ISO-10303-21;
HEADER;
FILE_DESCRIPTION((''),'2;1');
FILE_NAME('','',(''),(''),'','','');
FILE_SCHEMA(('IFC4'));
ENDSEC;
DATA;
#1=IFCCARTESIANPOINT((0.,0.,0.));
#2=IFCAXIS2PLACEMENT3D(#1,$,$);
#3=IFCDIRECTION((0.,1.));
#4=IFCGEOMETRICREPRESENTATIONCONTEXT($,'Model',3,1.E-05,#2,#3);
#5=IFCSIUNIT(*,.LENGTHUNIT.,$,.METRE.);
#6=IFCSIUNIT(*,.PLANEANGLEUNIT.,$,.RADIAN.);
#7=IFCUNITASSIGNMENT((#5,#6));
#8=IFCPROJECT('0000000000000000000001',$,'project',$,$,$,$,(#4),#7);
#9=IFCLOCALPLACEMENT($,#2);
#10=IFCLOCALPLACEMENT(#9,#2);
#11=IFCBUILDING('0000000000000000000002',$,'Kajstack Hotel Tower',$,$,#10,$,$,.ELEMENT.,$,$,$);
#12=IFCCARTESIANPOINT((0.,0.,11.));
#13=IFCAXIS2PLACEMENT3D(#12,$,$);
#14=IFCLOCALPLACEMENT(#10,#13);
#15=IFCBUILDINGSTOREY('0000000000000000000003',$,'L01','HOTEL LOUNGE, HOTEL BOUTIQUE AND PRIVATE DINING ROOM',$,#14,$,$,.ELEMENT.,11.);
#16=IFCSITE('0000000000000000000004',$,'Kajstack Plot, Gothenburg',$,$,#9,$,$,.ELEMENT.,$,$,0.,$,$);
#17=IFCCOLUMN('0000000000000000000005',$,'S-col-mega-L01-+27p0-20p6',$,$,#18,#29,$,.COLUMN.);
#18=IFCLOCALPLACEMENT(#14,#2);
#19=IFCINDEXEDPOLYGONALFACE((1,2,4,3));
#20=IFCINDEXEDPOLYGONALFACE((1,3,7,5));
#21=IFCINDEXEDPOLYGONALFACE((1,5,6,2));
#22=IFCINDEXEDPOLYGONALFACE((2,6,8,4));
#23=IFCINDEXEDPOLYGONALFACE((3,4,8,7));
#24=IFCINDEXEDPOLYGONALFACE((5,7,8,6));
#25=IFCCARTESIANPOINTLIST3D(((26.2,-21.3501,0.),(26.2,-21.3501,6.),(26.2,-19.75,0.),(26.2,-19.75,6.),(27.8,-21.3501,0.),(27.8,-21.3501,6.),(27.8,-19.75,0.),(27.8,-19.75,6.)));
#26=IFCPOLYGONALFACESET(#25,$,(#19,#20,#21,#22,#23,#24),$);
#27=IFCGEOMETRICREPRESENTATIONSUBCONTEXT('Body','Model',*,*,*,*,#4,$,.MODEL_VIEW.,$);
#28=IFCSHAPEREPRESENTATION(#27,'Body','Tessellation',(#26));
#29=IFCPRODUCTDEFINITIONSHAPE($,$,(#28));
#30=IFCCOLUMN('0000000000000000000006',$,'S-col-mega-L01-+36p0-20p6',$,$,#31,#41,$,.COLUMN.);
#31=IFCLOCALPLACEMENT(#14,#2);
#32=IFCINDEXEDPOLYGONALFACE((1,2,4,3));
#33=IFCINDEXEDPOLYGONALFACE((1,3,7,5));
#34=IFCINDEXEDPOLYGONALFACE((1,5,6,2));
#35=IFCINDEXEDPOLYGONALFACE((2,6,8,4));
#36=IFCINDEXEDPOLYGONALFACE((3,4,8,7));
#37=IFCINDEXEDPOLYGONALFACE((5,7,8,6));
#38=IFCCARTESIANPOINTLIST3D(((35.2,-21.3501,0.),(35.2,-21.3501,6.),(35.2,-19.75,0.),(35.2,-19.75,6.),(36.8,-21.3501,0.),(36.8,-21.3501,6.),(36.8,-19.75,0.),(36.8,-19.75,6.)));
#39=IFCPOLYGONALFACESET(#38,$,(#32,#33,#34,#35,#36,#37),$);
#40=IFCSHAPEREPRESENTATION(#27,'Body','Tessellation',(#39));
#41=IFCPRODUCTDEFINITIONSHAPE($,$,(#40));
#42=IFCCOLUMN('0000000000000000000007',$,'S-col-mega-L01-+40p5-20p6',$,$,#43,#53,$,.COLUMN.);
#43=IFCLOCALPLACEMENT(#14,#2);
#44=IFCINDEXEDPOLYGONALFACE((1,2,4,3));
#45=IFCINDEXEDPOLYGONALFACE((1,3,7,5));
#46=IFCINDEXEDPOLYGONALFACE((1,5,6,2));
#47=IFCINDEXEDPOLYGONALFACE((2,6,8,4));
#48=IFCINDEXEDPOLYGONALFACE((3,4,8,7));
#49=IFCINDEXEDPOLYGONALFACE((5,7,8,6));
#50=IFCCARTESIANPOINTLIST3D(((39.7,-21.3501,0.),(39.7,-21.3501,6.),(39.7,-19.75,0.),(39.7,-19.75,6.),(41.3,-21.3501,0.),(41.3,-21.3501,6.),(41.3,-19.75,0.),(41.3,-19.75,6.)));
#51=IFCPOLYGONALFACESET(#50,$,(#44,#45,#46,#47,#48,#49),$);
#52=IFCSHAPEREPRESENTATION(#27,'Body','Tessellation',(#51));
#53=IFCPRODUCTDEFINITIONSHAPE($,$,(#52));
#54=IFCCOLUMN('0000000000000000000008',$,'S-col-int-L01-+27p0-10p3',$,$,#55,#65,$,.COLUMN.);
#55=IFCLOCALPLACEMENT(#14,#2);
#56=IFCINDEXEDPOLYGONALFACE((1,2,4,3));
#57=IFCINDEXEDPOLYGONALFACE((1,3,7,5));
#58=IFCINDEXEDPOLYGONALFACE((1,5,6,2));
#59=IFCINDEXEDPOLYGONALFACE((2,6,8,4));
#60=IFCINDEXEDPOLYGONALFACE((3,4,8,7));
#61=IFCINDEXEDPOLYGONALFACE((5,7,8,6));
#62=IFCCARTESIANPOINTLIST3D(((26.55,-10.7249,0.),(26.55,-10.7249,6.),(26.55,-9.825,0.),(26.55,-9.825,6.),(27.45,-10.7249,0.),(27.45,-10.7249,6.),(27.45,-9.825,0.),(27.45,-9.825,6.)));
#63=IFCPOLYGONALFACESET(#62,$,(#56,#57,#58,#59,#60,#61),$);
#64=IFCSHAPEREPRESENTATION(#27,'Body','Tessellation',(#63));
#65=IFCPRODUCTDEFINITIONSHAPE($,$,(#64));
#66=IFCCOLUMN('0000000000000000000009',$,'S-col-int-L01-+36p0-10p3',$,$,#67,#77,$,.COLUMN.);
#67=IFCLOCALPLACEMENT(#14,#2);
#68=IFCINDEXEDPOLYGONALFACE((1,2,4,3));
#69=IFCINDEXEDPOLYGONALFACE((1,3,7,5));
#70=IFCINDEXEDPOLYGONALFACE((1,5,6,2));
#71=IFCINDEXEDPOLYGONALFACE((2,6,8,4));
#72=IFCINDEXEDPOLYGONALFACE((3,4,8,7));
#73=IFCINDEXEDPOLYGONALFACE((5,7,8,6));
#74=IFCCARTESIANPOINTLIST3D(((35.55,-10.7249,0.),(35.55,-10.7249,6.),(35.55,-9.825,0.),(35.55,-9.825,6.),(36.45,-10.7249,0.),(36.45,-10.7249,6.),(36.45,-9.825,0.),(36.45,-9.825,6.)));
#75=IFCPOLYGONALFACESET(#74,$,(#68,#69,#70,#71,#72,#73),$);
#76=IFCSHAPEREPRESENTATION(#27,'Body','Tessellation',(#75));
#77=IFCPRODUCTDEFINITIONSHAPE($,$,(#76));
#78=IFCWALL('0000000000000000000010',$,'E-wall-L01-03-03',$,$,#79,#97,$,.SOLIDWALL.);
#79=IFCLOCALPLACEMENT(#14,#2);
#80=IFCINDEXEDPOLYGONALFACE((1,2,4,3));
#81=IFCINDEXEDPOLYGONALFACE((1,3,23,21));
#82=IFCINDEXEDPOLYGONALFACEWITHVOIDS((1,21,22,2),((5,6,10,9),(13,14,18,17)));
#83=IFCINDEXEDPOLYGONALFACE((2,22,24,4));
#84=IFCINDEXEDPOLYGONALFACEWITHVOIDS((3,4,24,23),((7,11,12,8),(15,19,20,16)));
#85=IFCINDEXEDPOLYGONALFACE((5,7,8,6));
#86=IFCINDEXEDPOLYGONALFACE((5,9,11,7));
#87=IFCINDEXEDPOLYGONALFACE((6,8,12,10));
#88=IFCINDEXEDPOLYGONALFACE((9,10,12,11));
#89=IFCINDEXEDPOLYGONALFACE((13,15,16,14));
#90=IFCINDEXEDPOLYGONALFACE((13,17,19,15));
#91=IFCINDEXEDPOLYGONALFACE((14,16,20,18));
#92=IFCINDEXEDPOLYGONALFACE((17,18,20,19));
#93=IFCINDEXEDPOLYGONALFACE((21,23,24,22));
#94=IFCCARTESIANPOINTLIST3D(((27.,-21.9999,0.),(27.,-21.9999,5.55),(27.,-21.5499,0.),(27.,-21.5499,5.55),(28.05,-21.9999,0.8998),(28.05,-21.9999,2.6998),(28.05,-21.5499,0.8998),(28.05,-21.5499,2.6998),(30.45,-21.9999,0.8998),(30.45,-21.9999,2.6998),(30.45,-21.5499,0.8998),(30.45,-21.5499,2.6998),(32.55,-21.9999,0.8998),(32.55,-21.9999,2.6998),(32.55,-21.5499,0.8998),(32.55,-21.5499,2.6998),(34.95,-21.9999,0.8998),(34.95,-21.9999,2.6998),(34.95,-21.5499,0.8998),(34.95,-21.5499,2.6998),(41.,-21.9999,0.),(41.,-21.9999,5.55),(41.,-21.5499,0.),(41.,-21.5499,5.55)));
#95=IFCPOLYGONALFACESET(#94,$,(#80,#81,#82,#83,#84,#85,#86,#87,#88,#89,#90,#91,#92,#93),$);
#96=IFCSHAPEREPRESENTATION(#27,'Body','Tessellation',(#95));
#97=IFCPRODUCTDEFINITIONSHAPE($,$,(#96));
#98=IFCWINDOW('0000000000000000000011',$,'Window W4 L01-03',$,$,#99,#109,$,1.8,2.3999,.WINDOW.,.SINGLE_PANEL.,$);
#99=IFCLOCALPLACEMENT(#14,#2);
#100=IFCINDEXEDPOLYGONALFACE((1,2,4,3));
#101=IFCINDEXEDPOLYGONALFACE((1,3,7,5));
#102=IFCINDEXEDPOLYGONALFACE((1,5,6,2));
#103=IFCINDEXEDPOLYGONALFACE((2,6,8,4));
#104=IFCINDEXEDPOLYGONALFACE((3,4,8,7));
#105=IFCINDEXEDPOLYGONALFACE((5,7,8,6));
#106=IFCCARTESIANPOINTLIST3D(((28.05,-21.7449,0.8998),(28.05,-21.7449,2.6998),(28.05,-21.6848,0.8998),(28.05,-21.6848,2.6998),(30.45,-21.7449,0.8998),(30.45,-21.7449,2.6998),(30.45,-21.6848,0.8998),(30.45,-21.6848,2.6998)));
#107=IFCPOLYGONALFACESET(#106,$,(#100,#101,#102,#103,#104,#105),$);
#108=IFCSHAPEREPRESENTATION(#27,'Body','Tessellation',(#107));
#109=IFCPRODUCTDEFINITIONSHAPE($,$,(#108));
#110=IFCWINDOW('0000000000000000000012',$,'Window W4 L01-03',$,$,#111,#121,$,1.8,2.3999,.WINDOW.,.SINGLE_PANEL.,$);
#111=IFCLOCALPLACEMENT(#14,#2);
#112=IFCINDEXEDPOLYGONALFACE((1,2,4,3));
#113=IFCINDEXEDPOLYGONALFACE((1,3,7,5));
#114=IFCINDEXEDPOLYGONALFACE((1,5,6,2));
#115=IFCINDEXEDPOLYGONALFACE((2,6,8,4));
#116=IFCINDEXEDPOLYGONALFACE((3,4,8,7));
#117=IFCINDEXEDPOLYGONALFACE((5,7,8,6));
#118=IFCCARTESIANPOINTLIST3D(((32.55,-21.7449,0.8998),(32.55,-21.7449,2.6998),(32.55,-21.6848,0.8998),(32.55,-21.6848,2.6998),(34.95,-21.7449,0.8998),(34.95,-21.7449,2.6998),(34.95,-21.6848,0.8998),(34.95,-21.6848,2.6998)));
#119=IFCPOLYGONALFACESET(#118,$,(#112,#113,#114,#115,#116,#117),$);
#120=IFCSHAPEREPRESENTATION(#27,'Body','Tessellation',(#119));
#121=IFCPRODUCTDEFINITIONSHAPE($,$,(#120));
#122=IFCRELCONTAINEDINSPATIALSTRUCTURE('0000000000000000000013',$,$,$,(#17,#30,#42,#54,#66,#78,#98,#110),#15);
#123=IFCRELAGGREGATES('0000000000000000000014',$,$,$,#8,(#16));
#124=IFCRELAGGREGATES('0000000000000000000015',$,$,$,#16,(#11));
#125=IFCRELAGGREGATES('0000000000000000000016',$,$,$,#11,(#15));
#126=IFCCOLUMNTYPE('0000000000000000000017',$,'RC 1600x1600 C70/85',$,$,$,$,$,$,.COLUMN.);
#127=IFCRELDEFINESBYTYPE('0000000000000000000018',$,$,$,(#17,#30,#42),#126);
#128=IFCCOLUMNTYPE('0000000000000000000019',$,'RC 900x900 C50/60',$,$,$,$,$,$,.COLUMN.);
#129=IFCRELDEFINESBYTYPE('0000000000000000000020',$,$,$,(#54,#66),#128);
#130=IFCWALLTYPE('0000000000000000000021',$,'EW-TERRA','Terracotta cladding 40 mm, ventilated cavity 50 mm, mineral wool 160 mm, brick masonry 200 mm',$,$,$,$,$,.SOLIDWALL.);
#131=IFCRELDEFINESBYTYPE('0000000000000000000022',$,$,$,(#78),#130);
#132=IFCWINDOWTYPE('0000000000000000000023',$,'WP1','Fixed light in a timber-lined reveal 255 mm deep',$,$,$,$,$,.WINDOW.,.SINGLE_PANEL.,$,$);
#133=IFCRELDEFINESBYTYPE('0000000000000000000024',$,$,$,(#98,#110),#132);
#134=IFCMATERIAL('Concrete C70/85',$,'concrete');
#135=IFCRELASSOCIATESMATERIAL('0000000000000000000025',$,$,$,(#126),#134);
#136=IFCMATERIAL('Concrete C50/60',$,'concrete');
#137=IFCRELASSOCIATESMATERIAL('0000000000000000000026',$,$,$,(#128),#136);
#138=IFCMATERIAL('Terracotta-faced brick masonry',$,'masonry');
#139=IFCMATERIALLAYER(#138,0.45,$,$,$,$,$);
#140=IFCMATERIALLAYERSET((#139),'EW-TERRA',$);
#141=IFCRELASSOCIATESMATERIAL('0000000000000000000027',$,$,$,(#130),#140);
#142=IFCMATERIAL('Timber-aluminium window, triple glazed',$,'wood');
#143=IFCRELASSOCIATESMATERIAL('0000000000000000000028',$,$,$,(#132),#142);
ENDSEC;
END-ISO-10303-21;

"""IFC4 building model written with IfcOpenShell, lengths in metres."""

from ifc_helpers import new_model, si_unit, direction, frame, frame_2d, origin, origin_2d, place, context, subcontext, project, spatial, rectangle, extrude, material, layer, layer_set, material_profile, profile_set, type_object, element, fill, save


model = new_model("IFC4")

# Units and contexts
model_context = context("Model", 3, precision=1e-05, world=origin(), true_north=direction((0.0, 1.0)))
body_context = subcontext(model_context, "Body", "Model", "MODEL_VIEW")
ifc_project = project(units=[si_unit("LENGTHUNIT", "METRE"), si_unit("PLANEANGLEUNIT", "RADIAN")], contexts=[model_context])

# Site, building, storey
site_placement = place(None, origin())
site = spatial("IfcSite", under=ifc_project, at=site_placement, Name="Kajstack Plot, Gothenburg", CompositionType="ELEMENT", RefElevation=0.0)
building_placement = place(site_placement, origin())
building = spatial("IfcBuilding", under=site, at=building_placement, Name="Kajstack Hotel Tower", CompositionType="ELEMENT")
storey_placement = place(building_placement, frame((0.0, 0.0, 11.0)))
storey = spatial("IfcBuildingStorey", under=building, at=storey_placement, Name="L01", Description="HOTEL LOUNGE, HOTEL BOUTIQUE AND PRIVATE DINING ROOM", CompositionType="ELEMENT", Elevation=11.0)

# Columns
ifc_material_1 = material(Name="Concrete C70/85", Category="concrete")
ifc_material_profile_1 = material_profile(ifc_material_1, rectangle(XDim=1.6001, YDim=1.6001, at=origin_2d()), Name="RC 1600x1600")
ifc_profile_set_1 = profile_set([ifc_material_profile_1], Name="Concrete C70/85")
column_type_1 = type_object("IfcColumnType", Name="RC 1600x1600 C70/85", PredefinedType="COLUMN", material=ifc_profile_set_1)
for number, where, z_axis, x_axis, name in (
    (1, (27.0, -20.55, 0.0), (0.0, 0.0, 1.0), (1.0, 0.0, 0.0), "S-col-mega-L01-+27p0-20p6"),
    (2, (36.0, -20.55, 0.0), (0.0, 0.0, 1.0), (1.0, 0.0, 0.0), "S-col-mega-L01-+36p0-20p6"),
    (3, (40.5, -20.55, 0.0), (0.0, 0.0, 1.0), (1.0, 0.0, 0.0), "S-col-mega-L01-+40p5-20p6"),
):
    element("IfcColumn", number, at=place(storey_placement, frame(where, z_axis=z_axis, x_axis=x_axis)), inside=storey, type_object=column_type_1, Name=name, PredefinedType="COLUMN", context=body_context, shape_type="SweptSolid", body=[
        extrude(rectangle(XDim=1.6001, YDim=1.6001, at=origin_2d()), origin(), (0.0, 0.0, 1.0), 6.0),
    ])
ifc_material_2 = material(Name="Concrete C50/60", Category="concrete")
ifc_material_profile_2 = material_profile(ifc_material_2, rectangle(XDim=0.8999, YDim=0.8999, at=origin_2d()), Name="RC 900x900")
ifc_profile_set_2 = profile_set([ifc_material_profile_2], Name="Concrete C50/60")
column_type_2 = type_object("IfcColumnType", Name="RC 900x900 C50/60", PredefinedType="COLUMN", material=ifc_profile_set_2)
for number, where, z_axis, x_axis, name in (
    (4, (27.0, -10.2749, 0.0), (0.0, 0.0, 1.0), (1.0, 0.0, 0.0), "S-col-int-L01-+27p0-10p3"),
    (5, (36.0, -10.2749, 0.0), (0.0, 0.0, 1.0), (1.0, 0.0, 0.0), "S-col-int-L01-+36p0-10p3"),
):
    element("IfcColumn", number, at=place(storey_placement, frame(where, z_axis=z_axis, x_axis=x_axis)), inside=storey, type_object=column_type_2, Name=name, PredefinedType="COLUMN", context=body_context, shape_type="SweptSolid", body=[
        extrude(rectangle(XDim=0.8999, YDim=0.8999, at=origin_2d()), origin(), (0.0, 0.0, 1.0), 6.0),
    ])

# Wall, openings, windows
ifc_material_3 = material(Name="Terracotta-faced brick masonry", Category="masonry")
ifc_layer_1 = layer(ifc_material_3, 0.45)
ifc_layer_set_1 = layer_set([ifc_layer_1], Name="EW-TERRA")
wall_type_1 = type_object("IfcWallType", Name="EW-TERRA", Description="Terracotta cladding 40 mm, ventilated cavity 50 mm, mineral wool 160 mm, brick masonry 200 mm", PredefinedType="SOLIDWALL", material=ifc_layer_set_1)
wall_1_placement = place(storey_placement, frame((27.0, -21.7749, 0.0), z_axis=(0.0, 0.0, 1.0), x_axis=(1.0, 0.0, 0.0)))
wall_1 = element("IfcWall", 6, at=wall_1_placement, inside=storey, type_object=wall_type_1, Name="E-wall-L01-03-03", PredefinedType="SOLIDWALL", context=body_context, shape_type="SweptSolid", body=[
    extrude(rectangle(XDim=14.0, YDim=0.45, at=frame_2d((7.0, 0.0))), origin(), (0.0, 0.0, 1.0), 5.55),
])
opening_1_placement = place(wall_1_placement, frame((1.05, 0.0, 0.8999)))
opening_1 = element("IfcOpeningElement", 7, at=opening_1_placement, cuts=wall_1, PredefinedType="OPENING", context=body_context, shape_type="SweptSolid", body=[
    extrude(rectangle(XDim=2.3999, YDim=1.8, at=frame_2d((1.2, 0.8999))), frame((0.0, 0.2349, 0.0), z_axis=(0.0, -1.0, 0.0), x_axis=(1.0, 0.0, 0.0)), (0.0, 0.0, 1.0), 0.47),
])
opening_2_placement = place(wall_1_placement, frame((5.55, 0.0, 0.8999)))
opening_2 = element("IfcOpeningElement", 8, at=opening_2_placement, cuts=wall_1, PredefinedType="OPENING", context=body_context, shape_type="SweptSolid", body=[
    extrude(rectangle(XDim=2.3999, YDim=1.8, at=frame_2d((1.2, 0.8999))), frame((0.0, 0.2349, 0.0), z_axis=(0.0, -1.0, 0.0), x_axis=(1.0, 0.0, 0.0)), (0.0, 0.0, 1.0), 0.47),
])
ifc_material_4 = material(Name="Timber-aluminium window, triple glazed", Category="wood")
window_type = type_object("IfcWindowType", Name="WP1", Description="Fixed light in a timber-lined reveal 255 mm deep", PartitioningType="SINGLE_PANEL", PredefinedType="WINDOW", material=ifc_material_4)
window_1_placement = place(opening_1_placement, origin())
window_1 = element("IfcWindow", 9, at=window_1_placement, inside=storey, type_object=window_type, Name="Window W4 L01-03", OverallHeight=1.8, OverallWidth=2.3999, PartitioningType="SINGLE_PANEL", PredefinedType="WINDOW", context=body_context, shape_type="SweptSolid", body=[
    extrude(rectangle(XDim=2.3999, YDim=1.8, at=frame_2d((1.2, 0.8999))), frame((0.0, 0.0901, 0.0), z_axis=(0.0, -1.0, 0.0), x_axis=(1.0, 0.0, 0.0)), (0.0, 0.0, 1.0), 0.0601),
])
fill(opening_1, window_1)
window_2_placement = place(opening_2_placement, origin())
window_2 = element("IfcWindow", 10, at=window_2_placement, inside=storey, type_object=window_type, Name="Window W4 L01-03", OverallHeight=1.8, OverallWidth=2.3999, PartitioningType="SINGLE_PANEL", PredefinedType="WINDOW", context=body_context, shape_type="SweptSolid", body=[
    extrude(rectangle(XDim=2.3999, YDim=1.8, at=frame_2d((1.2, 0.8999))), frame((0.0, 0.0901, 0.0), z_axis=(0.0, -1.0, 0.0), x_axis=(1.0, 0.0, 0.0)), (0.0, 0.0, 1.0), 0.0601),
])
fill(opening_2, window_2)

save(model, "model.ifc")
